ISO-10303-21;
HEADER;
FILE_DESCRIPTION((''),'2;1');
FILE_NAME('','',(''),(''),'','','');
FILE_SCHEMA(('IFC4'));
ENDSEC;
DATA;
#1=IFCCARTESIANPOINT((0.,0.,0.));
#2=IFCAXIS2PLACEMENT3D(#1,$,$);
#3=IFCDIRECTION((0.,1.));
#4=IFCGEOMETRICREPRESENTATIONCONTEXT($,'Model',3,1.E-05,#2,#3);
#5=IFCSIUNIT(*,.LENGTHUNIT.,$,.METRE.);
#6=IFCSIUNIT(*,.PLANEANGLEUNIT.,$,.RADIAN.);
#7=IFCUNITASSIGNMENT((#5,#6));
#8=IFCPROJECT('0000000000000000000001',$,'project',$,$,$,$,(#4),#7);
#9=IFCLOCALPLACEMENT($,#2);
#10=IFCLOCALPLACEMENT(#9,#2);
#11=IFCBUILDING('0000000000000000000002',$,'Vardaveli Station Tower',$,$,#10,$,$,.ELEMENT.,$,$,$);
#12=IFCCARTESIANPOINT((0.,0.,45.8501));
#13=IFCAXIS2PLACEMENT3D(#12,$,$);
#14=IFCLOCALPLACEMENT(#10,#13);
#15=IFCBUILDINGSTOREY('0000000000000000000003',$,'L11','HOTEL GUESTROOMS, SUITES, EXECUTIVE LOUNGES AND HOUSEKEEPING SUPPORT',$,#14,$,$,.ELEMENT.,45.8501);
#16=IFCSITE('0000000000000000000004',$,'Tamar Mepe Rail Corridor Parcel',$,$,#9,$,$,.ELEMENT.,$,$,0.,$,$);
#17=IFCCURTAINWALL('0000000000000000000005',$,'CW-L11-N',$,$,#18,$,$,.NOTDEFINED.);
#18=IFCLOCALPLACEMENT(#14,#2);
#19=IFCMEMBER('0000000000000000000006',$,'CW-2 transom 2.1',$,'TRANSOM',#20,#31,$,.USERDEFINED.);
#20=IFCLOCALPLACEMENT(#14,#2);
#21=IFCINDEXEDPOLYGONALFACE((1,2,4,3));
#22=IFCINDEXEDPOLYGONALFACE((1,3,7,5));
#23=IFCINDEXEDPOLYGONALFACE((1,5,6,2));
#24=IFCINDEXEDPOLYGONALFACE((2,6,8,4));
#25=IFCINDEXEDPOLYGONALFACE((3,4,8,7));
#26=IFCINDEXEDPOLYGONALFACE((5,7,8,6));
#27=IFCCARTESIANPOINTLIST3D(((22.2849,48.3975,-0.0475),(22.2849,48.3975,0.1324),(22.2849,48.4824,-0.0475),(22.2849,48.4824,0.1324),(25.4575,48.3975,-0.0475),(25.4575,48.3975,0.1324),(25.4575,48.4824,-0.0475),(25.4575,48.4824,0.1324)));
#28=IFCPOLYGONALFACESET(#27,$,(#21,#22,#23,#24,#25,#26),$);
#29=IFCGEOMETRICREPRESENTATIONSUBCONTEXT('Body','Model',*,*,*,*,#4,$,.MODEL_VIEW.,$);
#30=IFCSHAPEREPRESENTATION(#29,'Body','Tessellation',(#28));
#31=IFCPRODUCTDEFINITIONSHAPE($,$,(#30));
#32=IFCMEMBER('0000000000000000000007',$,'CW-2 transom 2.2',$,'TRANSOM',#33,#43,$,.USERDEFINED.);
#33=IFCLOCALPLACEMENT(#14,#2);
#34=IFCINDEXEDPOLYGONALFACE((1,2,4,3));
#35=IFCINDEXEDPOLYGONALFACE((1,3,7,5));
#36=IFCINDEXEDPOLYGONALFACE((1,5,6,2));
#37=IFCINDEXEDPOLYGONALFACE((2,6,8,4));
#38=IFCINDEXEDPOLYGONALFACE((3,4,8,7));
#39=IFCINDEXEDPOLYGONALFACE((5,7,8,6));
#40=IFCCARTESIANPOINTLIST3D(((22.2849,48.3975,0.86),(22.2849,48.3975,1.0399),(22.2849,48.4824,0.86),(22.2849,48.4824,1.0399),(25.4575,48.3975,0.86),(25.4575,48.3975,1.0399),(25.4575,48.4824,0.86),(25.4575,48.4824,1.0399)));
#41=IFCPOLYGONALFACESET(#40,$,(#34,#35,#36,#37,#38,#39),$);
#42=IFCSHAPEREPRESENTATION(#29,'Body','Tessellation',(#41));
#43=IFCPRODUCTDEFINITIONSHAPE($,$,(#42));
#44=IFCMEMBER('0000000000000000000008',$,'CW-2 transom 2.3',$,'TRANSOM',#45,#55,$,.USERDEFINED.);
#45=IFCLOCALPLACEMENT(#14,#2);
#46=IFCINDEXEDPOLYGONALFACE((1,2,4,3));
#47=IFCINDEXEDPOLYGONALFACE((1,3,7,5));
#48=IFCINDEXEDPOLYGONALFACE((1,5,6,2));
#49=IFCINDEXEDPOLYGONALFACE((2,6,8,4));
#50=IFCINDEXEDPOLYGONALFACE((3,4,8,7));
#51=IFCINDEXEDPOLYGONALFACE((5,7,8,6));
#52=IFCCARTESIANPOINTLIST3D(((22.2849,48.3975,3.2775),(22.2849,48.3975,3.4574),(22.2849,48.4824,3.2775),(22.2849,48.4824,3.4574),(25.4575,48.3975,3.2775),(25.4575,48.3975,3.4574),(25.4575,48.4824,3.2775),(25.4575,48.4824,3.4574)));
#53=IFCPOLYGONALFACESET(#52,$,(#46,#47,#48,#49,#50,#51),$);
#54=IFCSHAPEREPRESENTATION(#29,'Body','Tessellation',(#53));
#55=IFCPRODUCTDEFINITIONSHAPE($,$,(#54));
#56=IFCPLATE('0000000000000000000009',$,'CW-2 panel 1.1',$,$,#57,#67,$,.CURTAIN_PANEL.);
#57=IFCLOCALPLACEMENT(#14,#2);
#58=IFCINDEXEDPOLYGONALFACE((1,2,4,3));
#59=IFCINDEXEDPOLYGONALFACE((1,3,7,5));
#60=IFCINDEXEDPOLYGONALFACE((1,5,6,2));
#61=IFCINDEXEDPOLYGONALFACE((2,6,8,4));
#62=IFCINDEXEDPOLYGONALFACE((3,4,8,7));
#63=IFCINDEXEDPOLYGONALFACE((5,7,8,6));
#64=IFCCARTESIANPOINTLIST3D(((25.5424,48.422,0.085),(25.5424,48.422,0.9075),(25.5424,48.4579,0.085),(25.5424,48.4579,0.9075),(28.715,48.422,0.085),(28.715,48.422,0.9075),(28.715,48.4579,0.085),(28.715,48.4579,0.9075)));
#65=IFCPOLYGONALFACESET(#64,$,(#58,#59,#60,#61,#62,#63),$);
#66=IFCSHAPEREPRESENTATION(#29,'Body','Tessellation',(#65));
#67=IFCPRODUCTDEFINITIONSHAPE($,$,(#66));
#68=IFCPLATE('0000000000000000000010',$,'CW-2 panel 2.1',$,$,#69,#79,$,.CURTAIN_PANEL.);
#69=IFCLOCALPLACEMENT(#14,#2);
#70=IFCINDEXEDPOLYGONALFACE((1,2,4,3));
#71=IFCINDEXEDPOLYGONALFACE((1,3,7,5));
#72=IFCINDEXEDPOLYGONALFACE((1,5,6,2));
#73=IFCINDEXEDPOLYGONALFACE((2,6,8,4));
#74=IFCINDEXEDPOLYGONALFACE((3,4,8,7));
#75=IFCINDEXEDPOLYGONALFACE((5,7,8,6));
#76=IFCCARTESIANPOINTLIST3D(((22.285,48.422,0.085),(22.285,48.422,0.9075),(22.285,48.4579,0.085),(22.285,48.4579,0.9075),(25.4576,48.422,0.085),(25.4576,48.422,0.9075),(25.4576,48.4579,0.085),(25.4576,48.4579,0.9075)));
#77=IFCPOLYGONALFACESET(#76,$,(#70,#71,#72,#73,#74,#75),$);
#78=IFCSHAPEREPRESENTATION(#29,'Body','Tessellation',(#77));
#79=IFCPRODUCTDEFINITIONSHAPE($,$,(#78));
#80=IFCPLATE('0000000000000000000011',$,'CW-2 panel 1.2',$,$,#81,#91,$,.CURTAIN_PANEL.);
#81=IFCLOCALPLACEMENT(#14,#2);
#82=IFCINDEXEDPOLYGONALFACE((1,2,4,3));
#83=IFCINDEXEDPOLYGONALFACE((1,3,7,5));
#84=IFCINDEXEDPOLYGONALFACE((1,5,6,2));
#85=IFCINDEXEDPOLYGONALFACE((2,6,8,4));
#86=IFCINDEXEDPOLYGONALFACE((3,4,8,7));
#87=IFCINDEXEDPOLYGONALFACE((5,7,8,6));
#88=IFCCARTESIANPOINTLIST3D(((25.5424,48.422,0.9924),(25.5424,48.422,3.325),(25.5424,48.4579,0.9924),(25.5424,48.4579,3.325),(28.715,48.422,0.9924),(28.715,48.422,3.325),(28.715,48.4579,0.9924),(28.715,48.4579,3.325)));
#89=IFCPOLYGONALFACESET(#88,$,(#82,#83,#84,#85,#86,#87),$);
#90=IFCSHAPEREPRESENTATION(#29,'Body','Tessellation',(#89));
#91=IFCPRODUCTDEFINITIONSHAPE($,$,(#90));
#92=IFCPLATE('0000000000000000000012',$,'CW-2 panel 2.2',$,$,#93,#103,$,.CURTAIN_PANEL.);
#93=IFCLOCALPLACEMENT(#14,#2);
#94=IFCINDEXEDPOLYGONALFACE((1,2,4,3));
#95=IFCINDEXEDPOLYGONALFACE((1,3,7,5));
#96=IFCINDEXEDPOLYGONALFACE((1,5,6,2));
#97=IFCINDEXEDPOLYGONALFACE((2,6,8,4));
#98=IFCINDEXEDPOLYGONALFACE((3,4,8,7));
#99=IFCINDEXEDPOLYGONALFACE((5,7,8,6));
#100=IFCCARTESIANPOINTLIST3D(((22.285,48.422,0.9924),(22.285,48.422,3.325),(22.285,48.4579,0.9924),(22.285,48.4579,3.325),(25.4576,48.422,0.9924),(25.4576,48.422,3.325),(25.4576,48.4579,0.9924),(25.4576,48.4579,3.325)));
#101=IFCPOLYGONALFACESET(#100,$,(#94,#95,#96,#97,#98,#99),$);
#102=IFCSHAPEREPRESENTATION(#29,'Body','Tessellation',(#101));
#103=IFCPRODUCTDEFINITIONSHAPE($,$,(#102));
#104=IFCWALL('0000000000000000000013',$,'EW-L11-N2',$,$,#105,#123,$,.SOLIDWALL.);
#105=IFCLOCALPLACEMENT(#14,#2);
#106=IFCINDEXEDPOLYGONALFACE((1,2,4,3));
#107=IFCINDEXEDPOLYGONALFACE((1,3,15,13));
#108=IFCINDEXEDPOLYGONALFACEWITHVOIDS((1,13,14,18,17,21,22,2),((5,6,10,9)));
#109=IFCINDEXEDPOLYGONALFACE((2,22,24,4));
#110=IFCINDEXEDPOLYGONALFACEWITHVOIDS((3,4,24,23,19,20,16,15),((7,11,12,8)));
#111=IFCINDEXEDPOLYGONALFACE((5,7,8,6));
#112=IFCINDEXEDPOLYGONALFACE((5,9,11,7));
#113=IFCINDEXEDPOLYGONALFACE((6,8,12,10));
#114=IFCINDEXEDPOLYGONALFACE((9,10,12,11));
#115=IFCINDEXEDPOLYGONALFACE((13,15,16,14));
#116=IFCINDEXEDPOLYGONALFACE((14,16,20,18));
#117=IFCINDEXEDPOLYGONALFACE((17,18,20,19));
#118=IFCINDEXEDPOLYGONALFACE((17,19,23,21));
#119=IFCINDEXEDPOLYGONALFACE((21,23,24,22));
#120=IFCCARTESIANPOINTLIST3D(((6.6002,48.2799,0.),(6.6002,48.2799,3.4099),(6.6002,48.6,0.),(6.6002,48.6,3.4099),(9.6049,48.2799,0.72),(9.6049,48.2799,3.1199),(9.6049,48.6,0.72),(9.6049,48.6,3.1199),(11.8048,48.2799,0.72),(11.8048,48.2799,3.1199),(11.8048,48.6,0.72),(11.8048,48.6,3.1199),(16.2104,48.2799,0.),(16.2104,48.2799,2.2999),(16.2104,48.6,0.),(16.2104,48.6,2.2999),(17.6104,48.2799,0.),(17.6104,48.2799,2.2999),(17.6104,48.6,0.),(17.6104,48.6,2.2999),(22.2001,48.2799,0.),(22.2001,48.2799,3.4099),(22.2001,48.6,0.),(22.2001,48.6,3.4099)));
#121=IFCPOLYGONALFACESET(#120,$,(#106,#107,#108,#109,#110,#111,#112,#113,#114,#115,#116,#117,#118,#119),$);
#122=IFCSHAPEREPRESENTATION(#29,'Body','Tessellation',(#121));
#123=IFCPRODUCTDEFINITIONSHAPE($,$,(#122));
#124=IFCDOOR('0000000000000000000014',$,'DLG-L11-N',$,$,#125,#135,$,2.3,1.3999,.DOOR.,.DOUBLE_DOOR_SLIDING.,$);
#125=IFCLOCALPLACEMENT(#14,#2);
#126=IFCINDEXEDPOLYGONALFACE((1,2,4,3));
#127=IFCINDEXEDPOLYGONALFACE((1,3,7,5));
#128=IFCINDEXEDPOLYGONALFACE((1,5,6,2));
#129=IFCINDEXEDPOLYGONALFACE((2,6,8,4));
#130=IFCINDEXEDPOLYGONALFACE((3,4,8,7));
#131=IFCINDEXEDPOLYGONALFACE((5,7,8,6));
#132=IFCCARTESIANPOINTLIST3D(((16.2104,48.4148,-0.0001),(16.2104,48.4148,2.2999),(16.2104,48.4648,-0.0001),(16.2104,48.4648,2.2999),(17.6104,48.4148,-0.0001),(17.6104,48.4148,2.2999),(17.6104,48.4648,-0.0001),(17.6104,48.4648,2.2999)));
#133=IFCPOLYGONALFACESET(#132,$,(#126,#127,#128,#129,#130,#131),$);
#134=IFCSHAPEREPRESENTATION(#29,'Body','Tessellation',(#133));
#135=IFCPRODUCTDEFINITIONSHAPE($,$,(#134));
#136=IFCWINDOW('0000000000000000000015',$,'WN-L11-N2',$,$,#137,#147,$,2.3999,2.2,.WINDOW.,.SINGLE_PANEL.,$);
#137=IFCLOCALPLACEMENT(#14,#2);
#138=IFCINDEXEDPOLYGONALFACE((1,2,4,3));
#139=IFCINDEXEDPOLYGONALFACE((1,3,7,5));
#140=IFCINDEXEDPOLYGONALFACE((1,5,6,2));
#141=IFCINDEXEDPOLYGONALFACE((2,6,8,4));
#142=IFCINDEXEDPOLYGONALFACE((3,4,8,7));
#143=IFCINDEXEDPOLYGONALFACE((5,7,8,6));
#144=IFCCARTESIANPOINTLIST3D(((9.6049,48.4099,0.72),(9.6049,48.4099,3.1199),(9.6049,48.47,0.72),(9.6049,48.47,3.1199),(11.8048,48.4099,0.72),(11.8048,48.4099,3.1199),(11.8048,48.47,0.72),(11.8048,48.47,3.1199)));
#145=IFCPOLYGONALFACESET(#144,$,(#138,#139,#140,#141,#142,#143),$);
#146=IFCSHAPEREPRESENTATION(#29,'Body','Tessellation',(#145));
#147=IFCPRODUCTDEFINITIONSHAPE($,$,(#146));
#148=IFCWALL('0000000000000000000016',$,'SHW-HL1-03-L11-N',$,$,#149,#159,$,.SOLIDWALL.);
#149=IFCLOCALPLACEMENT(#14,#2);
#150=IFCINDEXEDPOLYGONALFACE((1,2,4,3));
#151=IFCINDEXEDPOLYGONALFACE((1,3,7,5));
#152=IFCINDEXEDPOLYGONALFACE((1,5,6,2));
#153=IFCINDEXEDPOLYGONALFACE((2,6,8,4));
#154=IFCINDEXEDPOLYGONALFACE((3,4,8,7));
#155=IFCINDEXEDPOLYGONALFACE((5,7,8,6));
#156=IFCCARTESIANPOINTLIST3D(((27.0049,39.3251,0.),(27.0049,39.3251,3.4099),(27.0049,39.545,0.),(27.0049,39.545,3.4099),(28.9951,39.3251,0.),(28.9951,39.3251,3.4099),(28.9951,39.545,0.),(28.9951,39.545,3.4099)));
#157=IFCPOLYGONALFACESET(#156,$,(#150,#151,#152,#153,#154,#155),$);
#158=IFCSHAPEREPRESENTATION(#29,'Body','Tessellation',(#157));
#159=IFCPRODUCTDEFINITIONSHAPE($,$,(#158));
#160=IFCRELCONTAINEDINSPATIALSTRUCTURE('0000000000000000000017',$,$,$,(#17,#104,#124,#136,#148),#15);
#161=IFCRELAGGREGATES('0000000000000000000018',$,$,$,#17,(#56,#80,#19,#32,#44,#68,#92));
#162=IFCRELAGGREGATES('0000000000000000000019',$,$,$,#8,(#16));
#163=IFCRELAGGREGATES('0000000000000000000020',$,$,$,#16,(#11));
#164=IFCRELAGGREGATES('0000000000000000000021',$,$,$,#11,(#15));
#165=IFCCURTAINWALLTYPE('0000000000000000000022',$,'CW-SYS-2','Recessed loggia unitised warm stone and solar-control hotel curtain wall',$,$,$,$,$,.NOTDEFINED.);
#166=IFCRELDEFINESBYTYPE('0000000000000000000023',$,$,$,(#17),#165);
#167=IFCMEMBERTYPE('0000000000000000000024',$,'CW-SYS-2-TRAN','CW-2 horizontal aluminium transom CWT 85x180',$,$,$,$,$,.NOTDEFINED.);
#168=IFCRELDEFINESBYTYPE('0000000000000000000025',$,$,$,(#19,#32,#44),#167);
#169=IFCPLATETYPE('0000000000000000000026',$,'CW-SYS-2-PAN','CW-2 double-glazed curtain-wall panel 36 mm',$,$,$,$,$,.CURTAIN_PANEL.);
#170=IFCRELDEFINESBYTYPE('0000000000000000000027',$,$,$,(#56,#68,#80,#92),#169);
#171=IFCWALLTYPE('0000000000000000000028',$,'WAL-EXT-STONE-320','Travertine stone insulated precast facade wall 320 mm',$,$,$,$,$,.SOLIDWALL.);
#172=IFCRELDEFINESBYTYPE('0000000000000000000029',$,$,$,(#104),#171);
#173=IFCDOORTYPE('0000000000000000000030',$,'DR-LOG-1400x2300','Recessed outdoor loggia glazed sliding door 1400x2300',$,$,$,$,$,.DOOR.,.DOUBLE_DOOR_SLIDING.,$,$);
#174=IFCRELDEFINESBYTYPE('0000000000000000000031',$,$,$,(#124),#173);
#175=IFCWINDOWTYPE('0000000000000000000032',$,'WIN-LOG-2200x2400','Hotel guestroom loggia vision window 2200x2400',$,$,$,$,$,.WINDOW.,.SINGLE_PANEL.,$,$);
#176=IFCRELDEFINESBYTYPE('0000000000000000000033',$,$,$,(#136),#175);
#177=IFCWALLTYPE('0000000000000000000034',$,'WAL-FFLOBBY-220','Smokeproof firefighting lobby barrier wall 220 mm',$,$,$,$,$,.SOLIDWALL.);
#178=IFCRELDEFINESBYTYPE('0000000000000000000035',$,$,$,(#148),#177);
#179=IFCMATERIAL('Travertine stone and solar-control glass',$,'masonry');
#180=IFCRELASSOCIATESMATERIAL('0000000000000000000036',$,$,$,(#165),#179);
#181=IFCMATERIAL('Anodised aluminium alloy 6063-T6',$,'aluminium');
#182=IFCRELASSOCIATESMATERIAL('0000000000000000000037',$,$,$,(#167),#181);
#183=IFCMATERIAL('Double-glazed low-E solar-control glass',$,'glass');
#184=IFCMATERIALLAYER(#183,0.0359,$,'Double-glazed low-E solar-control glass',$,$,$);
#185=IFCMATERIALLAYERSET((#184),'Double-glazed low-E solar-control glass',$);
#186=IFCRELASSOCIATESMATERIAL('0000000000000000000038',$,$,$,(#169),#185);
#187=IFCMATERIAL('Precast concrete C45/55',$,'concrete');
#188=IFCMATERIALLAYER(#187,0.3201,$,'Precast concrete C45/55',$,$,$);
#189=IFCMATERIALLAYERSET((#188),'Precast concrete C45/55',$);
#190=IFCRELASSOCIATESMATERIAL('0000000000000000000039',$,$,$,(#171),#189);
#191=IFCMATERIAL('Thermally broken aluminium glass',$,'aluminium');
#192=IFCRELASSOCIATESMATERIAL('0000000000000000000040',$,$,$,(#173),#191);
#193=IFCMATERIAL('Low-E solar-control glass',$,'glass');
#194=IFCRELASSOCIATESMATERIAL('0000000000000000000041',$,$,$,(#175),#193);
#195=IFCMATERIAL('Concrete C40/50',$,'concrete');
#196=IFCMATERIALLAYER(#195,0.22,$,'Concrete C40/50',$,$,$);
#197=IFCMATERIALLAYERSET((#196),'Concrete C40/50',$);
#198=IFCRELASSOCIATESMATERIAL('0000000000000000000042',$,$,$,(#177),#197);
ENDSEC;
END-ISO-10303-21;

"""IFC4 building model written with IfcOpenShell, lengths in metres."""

from ifc_helpers import new_model, si_unit, direction, frame, frame_2d, origin, origin_2d, place, context, subcontext, project, spatial, rectangle, extrude, source, transform, mapped, material, layer, layer_set, material_profile, profile_set, type_object, element, fill, aggregate, save


model = new_model("IFC4")

# Units and contexts
model_context = context("Model", 3, precision=1e-05, world=origin(), true_north=direction((0.0, 1.0)))
body_context = subcontext(model_context, "Body", "Model", "MODEL_VIEW")
ifc_project = project(units=[si_unit("LENGTHUNIT", "METRE"), si_unit("PLANEANGLEUNIT", "RADIAN")], contexts=[model_context])

# Site, building, storey
site_placement = place(None, origin())
site = spatial("IfcSite", under=ifc_project, at=site_placement, Name="Tamar Mepe Rail Corridor Parcel", CompositionType="ELEMENT", RefElevation=0.0)
building_placement = place(site_placement, origin())
building = spatial("IfcBuilding", under=site, at=building_placement, Name="Vardaveli Station Tower", CompositionType="ELEMENT")
storey_placement = place(building_placement, frame((0.0, 0.0, 45.8501)))
storey = spatial("IfcBuildingStorey", under=building, at=storey_placement, Name="L11", Description="HOTEL GUESTROOMS, SUITES, EXECUTIVE LOUNGES AND HOUSEKEEPING SUPPORT", CompositionType="ELEMENT", Elevation=45.8501)

# Shared definitions
ifc_material_1 = material(Name="Precast concrete C45/55", Category="concrete")

# Curtain wall, members, plates
ifc_material_2 = material(Name="Travertine stone and solar-control glass", Category="masonry")
curtain_wall_type = type_object("IfcCurtainWallType", Name="CW-SYS-2", Description="Recessed loggia unitised warm stone and solar-control hotel curtain wall", PredefinedType="NOTDEFINED", material=ifc_material_2)
curtain_wall_placement = place(storey_placement, origin())
curtain_wall = element("IfcCurtainWall", 1, at=curtain_wall_placement, inside=storey, type_object=curtain_wall_type, Name="CW-L11-N", PredefinedType="NOTDEFINED")
ifc_material_3 = material(Name="Anodised aluminium alloy 6063-T6", Category="aluminium")
ifc_material_profile_1 = material_profile(ifc_material_3, rectangle(XDim=0.085, YDim=0.1799, at=origin_2d()), Name="CWT 85x180")
ifc_profile_set_1 = profile_set([ifc_material_profile_1], Name="Anodised aluminium alloy 6063-T6")
member_type_1 = type_object("IfcMemberType", Name="CW-SYS-2-TRAN", Description="CW-2 horizontal aluminium transom CWT 85x180", PredefinedType="NOTDEFINED", material=ifc_profile_set_1)
shared_shape_1 = source(origin(), body_context, "Body", "SweptSolid", [
    extrude(rectangle(XDim=0.085, YDim=0.1799, at=origin_2d()), origin(), (0.0, 0.0, 1.0), 3.1726),
])
member_1_placement = place(storey_placement, frame((25.4575, 48.4399, 0.0425), z_axis=(-1.0, 0.0, 0.0), x_axis=(0.0, -1.0, 0.0)))
member_1 = element("IfcMember", 2, at=member_1_placement, type_object=member_type_1, Name="CW-2 transom 2.1", ObjectType="TRANSOM", PredefinedType="USERDEFINED", context=body_context, shape_type="MappedRepresentation", body=[
    mapped(shared_shape_1, transform((0.0, 0.0, 0.0), scale=1.0)),
])
member_2_placement = place(storey_placement, frame((25.4575, 48.4399, 0.95), z_axis=(-1.0, 0.0, 0.0), x_axis=(0.0, -1.0, 0.0)))
member_2 = element("IfcMember", 3, at=member_2_placement, type_object=member_type_1, Name="CW-2 transom 2.2", ObjectType="TRANSOM", PredefinedType="USERDEFINED", context=body_context, shape_type="MappedRepresentation", body=[
    mapped(shared_shape_1, transform((0.0, 0.0, 0.0), scale=1.0)),
])
member_3_placement = place(storey_placement, frame((25.4575, 48.4399, 3.3674), z_axis=(-1.0, 0.0, 0.0), x_axis=(0.0, -1.0, 0.0)))
member_3 = element("IfcMember", 4, at=member_3_placement, type_object=member_type_1, Name="CW-2 transom 2.3", ObjectType="TRANSOM", PredefinedType="USERDEFINED", context=body_context, shape_type="MappedRepresentation", body=[
    mapped(shared_shape_1, transform((0.0, 0.0, 0.0), scale=1.0)),
])
ifc_material_4 = material(Name="Double-glazed low-E solar-control glass", Category="glass")
ifc_layer_1 = layer(ifc_material_4, 0.0359, Name="Double-glazed low-E solar-control glass")
ifc_layer_set_1 = layer_set([ifc_layer_1], Name="Double-glazed low-E solar-control glass")
plate_type = type_object("IfcPlateType", Name="CW-SYS-2-PAN", Description="CW-2 double-glazed curtain-wall panel 36 mm", PredefinedType="CURTAIN_PANEL", material=ifc_layer_set_1)
shared_shape_2 = source(origin(), body_context, "Body", "SweptSolid", [
    extrude(rectangle(XDim=3.1726, YDim=0.0359, at=origin_2d()), origin(), (0.0, 0.0, 1.0), 0.8225),
])
plate_1_placement = place(storey_placement, frame((27.1287, 48.4399, 0.085), z_axis=(0.0, 0.0, 1.0), x_axis=(-1.0, 0.0, 0.0)))
plate_1 = element("IfcPlate", 5, at=plate_1_placement, type_object=plate_type, Name="CW-2 panel 1.1", PredefinedType="CURTAIN_PANEL", context=body_context, shape_type="MappedRepresentation", body=[
    mapped(shared_shape_2, transform((0.0, 0.0, 0.0), scale=1.0)),
])
plate_2_placement = place(storey_placement, frame((23.8713, 48.4399, 0.085), z_axis=(0.0, 0.0, 1.0), x_axis=(-1.0, 0.0, 0.0)))
plate_2 = element("IfcPlate", 6, at=plate_2_placement, type_object=plate_type, Name="CW-2 panel 2.1", PredefinedType="CURTAIN_PANEL", context=body_context, shape_type="MappedRepresentation", body=[
    mapped(shared_shape_2, transform((0.0, 0.0, 0.0), scale=1.0)),
])
shared_shape_3 = source(origin(), body_context, "Body", "SweptSolid", [
    extrude(rectangle(XDim=3.1726, YDim=0.0359, at=origin_2d()), origin(), (0.0, 0.0, 1.0), 2.3325),
])
plate_3_placement = place(storey_placement, frame((27.1287, 48.4399, 0.9924), z_axis=(0.0, 0.0, 1.0), x_axis=(-1.0, 0.0, 0.0)))
plate_3 = element("IfcPlate", 7, at=plate_3_placement, type_object=plate_type, Name="CW-2 panel 1.2", PredefinedType="CURTAIN_PANEL", context=body_context, shape_type="MappedRepresentation", body=[
    mapped(shared_shape_3, transform((0.0, 0.0, 0.0), scale=1.0)),
])
plate_4_placement = place(storey_placement, frame((23.8713, 48.4399, 0.9924), z_axis=(0.0, 0.0, 1.0), x_axis=(-1.0, 0.0, 0.0)))
plate_4 = element("IfcPlate", 8, at=plate_4_placement, type_object=plate_type, Name="CW-2 panel 2.2", PredefinedType="CURTAIN_PANEL", context=body_context, shape_type="MappedRepresentation", body=[
    mapped(shared_shape_3, transform((0.0, 0.0, 0.0), scale=1.0)),
])
aggregate(curtain_wall, [plate_1, plate_3, member_1, member_2, member_3, plate_2, plate_4])

# Wall, openings, door, window
ifc_layer_2 = layer(ifc_material_1, 0.3201, Name="Precast concrete C45/55")
ifc_layer_set_2 = layer_set([ifc_layer_2], Name="Precast concrete C45/55")
wall_type_1 = type_object("IfcWallType", Name="WAL-EXT-STONE-320", Description="Travertine stone insulated precast facade wall 320 mm", PredefinedType="SOLIDWALL", material=ifc_layer_set_2)
shared_shape_4 = source(origin(), body_context, "Body", "SweptSolid", [
    extrude(rectangle(XDim=15.5999, YDim=0.3201, at=frame_2d((7.7998, 0.0))), origin(), (0.0, 0.0, 1.0), 3.4099),
])
wall_1_placement = place(storey_placement, frame((22.2, 48.4399, 0.0), z_axis=(0.0, 0.0, 1.0), x_axis=(-1.0, 0.0, 0.0)))
wall_1 = element("IfcWall", 9, at=wall_1_placement, inside=storey, type_object=wall_type_1, Name="EW-L11-N2", PredefinedType="SOLIDWALL", context=body_context, shape_type="MappedRepresentation", body=[
    mapped(shared_shape_4, transform((0.0, 0.0, 0.0), scale=1.0)),
])
shared_shape_5 = source(origin(), body_context, "Body", "SweptSolid", [
    extrude(rectangle(XDim=1.3999, YDim=2.3, at=frame_2d((0.7, 1.1499))), frame((0.0, 0.1699, 0.0), z_axis=(0.0, -1.0, 0.0), x_axis=(1.0, 0.0, 0.0)), (0.0, 0.0, 1.0), 0.3401),
])
opening_1_placement = place(wall_1_placement, frame((4.5896, 0.0, 0.0)))
opening_1 = element("IfcOpeningElement", 10, at=opening_1_placement, cuts=wall_1, PredefinedType="OPENING", context=body_context, shape_type="MappedRepresentation", body=[
    mapped(shared_shape_5, transform((0.0, 0.0, 0.0), scale=1.0)),
])
shared_shape_6 = source(origin(), body_context, "Body", "SweptSolid", [
    extrude(rectangle(XDim=2.2, YDim=2.3999, at=frame_2d((1.1001, 1.2))), frame((0.0, 0.1699, 0.0), z_axis=(0.0, -1.0, 0.0), x_axis=(1.0, 0.0, 0.0)), (0.0, 0.0, 1.0), 0.3401),
])
opening_2_placement = place(wall_1_placement, frame((10.395, 0.0, 0.72)))
opening_2 = element("IfcOpeningElement", 11, at=opening_2_placement, cuts=wall_1, PredefinedType="OPENING", context=body_context, shape_type="MappedRepresentation", body=[
    mapped(shared_shape_6, transform((0.0, 0.0, 0.0), scale=1.0)),
])
ifc_material_5 = material(Name="Thermally broken aluminium glass", Category="aluminium")
door_type_1 = type_object("IfcDoorType", Name="DR-LOG-1400x2300", Description="Recessed outdoor loggia glazed sliding door 1400x2300", OperationType="DOUBLE_DOOR_SLIDING", PredefinedType="DOOR", material=ifc_material_5)
shared_shape_7 = source(origin(), body_context, "Body", "SweptSolid", [
    extrude(rectangle(XDim=1.3999, YDim=2.3, at=frame_2d((0.7, 1.1499))), frame((0.0, 0.0249, 0.0), z_axis=(0.0, -1.0, 0.0), x_axis=(1.0, 0.0, 0.0)), (0.0, 0.0, 1.0), 0.05),
])
door_1_placement = place(opening_1_placement, frame((1.3999, 0.0, 0.0), z_axis=(0.0, 0.0, 1.0), x_axis=(-1.0, 0.0, 0.0)))
door_1 = element("IfcDoor", 12, at=door_1_placement, inside=storey, type_object=door_type_1, Name="DLG-L11-N", OperationType="DOUBLE_DOOR_SLIDING", OverallHeight=2.3, OverallWidth=1.3999, PredefinedType="DOOR", context=body_context, shape_type="MappedRepresentation", body=[
    mapped(shared_shape_7, transform((0.0, 0.0, 0.0), scale=1.0)),
])
fill(opening_1, door_1)
ifc_material_6 = material(Name="Low-E solar-control glass", Category="glass")
window_type = type_object("IfcWindowType", Name="WIN-LOG-2200x2400", Description="Hotel guestroom loggia vision window 2200x2400", PartitioningType="SINGLE_PANEL", PredefinedType="WINDOW", material=ifc_material_6)
shared_shape_8 = source(origin(), body_context, "Body", "SweptSolid", [
    extrude(rectangle(XDim=2.2, YDim=2.3999, at=frame_2d((1.1001, 1.2))), frame((0.0, 0.03, 0.0), z_axis=(0.0, -1.0, 0.0), x_axis=(1.0, 0.0, 0.0)), (0.0, 0.0, 1.0), 0.0601),
])
window_placement = place(opening_2_placement, origin())
window = element("IfcWindow", 13, at=window_placement, inside=storey, type_object=window_type, Name="WN-L11-N2", OverallHeight=2.3999, OverallWidth=2.2, PartitioningType="SINGLE_PANEL", PredefinedType="WINDOW", context=body_context, shape_type="MappedRepresentation", body=[
    mapped(shared_shape_8, transform((0.0, 0.0, 0.0), scale=1.0)),
])
fill(opening_2, window)

# Wall
ifc_material_7 = material(Name="Concrete C40/50", Category="concrete")
ifc_layer_3 = layer(ifc_material_7, 0.22, Name="Concrete C40/50")
ifc_layer_set_3 = layer_set([ifc_layer_3], Name="Concrete C40/50")
wall_type_2 = type_object("IfcWallType", Name="WAL-FFLOBBY-220", Description="Smokeproof firefighting lobby barrier wall 220 mm", PredefinedType="SOLIDWALL", material=ifc_layer_set_3)
shared_shape_9 = source(origin(), body_context, "Body", "SweptSolid", [
    extrude(rectangle(XDim=1.9902, YDim=0.22, at=frame_2d((0.9951, 0.0))), origin(), (0.0, 0.0, 1.0), 3.4099),
])
wall_2_placement = place(storey_placement, frame((27.0049, 39.4351, 0.0), z_axis=(0.0, 0.0, 1.0), x_axis=(1.0, 0.0, 0.0)))
element("IfcWall", 14, at=wall_2_placement, inside=storey, type_object=wall_type_2, Name="SHW-HL1-03-L11-N", PredefinedType="SOLIDWALL", context=body_context, shape_type="MappedRepresentation", body=[
    mapped(shared_shape_9, transform((0.0, 0.0, 0.0), scale=1.0)),
])

save(model, "model.ifc")
